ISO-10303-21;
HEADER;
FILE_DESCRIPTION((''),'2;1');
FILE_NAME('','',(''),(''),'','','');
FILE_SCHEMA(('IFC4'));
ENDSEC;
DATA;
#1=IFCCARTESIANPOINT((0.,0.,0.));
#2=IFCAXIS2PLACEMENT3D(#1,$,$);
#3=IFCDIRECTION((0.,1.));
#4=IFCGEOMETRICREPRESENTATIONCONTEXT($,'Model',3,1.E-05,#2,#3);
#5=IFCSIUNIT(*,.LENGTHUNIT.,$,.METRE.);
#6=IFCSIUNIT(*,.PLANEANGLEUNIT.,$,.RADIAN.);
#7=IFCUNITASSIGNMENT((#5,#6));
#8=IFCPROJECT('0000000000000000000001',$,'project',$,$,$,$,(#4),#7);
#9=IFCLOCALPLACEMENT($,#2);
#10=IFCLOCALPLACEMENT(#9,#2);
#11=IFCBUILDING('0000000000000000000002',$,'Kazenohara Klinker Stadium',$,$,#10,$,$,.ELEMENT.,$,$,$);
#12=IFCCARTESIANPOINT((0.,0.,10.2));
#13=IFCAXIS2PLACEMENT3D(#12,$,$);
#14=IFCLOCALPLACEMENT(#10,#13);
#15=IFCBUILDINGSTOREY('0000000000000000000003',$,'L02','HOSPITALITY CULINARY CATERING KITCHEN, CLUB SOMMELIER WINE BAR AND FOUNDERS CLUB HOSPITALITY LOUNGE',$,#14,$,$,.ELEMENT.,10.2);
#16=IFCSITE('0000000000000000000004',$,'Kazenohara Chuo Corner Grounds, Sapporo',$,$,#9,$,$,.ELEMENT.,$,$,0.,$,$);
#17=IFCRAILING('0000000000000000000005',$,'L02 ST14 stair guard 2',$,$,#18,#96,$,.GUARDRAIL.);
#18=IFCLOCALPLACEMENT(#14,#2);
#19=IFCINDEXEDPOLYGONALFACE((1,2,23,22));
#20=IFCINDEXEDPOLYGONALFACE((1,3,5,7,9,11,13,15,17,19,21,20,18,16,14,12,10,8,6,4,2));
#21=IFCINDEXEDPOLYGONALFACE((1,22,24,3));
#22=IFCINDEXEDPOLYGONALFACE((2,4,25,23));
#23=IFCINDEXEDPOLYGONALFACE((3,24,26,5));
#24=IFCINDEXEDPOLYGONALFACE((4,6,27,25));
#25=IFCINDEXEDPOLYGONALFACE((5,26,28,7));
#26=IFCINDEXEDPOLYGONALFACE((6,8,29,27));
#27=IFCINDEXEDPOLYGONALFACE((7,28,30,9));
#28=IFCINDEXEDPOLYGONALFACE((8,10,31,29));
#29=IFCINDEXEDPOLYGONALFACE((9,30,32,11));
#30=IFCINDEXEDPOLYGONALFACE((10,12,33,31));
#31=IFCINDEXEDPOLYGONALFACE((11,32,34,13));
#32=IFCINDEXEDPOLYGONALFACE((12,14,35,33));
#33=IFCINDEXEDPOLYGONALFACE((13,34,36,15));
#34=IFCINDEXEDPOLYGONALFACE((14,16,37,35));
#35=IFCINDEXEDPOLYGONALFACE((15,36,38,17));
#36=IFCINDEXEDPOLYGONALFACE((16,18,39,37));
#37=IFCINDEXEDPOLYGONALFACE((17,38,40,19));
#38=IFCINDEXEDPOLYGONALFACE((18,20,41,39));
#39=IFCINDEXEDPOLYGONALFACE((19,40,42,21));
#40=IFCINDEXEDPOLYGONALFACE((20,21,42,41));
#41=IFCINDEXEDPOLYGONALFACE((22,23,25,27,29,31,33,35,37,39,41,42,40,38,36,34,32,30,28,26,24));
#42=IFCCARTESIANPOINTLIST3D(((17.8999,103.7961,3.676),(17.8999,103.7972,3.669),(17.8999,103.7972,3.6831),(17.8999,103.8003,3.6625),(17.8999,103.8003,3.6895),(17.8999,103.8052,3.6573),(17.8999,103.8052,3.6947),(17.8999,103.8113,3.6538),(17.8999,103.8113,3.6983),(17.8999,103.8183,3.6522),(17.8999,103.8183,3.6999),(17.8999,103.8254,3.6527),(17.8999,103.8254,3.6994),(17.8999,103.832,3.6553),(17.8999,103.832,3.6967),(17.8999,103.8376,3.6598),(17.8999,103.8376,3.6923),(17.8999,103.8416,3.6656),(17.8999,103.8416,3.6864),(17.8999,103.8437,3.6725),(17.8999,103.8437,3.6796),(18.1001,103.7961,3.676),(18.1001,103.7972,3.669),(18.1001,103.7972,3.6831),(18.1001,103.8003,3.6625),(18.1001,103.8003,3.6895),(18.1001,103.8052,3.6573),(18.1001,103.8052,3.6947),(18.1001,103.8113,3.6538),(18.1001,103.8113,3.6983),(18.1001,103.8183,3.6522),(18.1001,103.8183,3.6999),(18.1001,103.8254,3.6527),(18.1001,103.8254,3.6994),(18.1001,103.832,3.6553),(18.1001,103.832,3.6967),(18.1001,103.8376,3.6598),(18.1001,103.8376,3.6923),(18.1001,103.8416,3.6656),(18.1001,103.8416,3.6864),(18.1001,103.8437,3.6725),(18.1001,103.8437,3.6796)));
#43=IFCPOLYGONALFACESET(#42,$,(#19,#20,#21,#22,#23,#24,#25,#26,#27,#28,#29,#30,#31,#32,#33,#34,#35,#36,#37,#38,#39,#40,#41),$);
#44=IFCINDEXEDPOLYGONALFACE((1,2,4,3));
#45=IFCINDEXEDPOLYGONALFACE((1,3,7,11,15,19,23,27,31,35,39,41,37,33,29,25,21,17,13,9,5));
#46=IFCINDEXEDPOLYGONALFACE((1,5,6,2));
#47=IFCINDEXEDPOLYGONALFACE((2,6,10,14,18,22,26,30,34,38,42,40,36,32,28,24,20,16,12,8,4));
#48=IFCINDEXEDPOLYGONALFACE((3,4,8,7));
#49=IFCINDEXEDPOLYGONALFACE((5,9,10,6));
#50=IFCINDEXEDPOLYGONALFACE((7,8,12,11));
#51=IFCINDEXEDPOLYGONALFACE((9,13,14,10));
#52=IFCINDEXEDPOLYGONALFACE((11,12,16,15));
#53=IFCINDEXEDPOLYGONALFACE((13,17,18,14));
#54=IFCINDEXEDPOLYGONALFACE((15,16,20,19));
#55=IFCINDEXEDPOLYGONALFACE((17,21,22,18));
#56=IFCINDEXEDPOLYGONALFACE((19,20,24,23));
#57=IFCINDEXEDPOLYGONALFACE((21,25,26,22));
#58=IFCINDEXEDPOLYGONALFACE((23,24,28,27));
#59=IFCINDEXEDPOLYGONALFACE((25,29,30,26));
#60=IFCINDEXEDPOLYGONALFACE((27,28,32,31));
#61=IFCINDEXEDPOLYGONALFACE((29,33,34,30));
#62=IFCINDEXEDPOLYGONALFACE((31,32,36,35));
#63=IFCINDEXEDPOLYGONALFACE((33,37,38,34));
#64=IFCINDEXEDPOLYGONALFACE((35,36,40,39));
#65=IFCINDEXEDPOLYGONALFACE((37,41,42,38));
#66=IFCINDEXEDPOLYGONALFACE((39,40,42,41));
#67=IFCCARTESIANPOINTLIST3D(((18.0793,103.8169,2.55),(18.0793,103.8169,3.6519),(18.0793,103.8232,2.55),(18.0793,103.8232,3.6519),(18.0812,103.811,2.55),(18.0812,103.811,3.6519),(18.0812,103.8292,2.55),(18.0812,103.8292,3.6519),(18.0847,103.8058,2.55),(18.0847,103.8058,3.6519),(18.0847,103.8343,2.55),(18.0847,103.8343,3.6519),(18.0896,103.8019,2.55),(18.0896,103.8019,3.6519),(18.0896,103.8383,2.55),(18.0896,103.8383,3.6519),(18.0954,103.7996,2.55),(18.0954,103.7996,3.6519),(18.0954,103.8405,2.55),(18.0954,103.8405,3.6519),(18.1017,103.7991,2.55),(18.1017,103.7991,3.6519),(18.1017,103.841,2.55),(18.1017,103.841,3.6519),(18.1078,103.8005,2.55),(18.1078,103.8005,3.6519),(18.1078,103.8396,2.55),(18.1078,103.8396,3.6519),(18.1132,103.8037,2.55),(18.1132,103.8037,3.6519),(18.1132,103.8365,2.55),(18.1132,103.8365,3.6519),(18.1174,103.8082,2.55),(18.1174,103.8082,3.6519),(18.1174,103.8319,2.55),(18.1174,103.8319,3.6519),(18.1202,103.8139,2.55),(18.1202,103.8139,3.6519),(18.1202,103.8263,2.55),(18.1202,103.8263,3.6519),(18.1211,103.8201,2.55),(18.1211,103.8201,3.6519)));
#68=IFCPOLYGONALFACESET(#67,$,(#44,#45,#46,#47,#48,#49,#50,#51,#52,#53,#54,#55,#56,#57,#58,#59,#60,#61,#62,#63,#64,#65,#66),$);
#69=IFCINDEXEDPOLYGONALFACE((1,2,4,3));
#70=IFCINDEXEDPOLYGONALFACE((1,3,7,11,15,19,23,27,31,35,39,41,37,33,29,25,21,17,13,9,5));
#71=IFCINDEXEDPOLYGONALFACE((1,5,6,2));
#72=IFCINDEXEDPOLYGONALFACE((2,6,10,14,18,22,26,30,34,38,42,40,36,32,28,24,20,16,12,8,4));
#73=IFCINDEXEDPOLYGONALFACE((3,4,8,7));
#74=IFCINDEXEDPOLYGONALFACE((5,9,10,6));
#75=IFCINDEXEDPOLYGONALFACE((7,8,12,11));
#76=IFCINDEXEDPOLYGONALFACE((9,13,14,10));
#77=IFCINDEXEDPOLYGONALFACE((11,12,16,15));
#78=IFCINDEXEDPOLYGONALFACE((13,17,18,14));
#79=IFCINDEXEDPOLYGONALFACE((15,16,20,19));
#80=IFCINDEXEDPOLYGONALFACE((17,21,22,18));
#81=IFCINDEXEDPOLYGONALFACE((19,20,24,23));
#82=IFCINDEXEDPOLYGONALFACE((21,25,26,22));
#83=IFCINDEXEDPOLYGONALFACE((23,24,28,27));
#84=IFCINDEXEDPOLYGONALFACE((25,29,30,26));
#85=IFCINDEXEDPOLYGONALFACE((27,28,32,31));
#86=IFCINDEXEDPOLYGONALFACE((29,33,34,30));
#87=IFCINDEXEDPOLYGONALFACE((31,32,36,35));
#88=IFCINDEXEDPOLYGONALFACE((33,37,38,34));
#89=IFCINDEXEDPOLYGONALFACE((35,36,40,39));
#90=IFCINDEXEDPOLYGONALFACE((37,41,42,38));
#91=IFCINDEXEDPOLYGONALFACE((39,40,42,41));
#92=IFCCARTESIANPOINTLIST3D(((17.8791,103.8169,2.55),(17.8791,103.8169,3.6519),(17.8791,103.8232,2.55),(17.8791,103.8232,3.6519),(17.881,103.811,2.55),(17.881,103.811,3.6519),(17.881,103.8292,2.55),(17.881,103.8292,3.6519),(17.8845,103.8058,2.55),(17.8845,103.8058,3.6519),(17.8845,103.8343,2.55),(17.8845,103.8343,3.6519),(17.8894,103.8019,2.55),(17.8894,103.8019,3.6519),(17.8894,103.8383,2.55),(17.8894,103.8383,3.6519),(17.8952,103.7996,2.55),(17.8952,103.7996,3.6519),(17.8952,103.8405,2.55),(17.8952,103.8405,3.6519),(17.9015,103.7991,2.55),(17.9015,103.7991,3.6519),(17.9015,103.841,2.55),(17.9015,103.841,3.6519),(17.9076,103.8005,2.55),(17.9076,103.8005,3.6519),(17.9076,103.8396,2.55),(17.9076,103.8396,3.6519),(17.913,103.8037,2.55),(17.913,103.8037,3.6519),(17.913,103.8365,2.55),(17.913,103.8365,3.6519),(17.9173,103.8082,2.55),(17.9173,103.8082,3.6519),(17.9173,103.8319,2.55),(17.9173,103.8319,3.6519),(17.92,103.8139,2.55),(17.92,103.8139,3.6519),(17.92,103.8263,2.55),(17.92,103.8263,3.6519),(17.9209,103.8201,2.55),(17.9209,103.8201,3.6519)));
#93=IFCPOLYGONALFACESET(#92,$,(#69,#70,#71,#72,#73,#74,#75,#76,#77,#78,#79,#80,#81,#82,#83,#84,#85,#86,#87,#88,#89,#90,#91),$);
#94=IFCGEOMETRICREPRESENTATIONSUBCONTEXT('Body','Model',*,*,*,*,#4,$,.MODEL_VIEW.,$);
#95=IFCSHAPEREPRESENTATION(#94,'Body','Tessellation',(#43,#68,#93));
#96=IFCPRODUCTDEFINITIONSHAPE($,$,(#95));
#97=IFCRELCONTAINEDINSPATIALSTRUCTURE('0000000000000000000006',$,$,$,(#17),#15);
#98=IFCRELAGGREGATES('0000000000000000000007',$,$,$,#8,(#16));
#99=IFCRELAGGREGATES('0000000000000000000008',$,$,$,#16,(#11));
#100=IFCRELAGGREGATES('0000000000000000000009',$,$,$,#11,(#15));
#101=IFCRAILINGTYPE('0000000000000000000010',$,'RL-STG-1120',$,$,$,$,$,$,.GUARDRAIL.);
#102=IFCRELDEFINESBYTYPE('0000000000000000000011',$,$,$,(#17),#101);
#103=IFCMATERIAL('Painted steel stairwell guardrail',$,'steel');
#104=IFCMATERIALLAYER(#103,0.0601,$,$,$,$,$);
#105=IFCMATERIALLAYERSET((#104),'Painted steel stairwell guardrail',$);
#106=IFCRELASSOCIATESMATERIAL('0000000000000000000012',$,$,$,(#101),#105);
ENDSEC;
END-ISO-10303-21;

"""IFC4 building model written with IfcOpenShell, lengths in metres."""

from ifc_helpers import new_model, si_unit, direction, frame, origin, origin_2d, place, context, subcontext, project, spatial, circle, extrude, material, layer, layer_set, type_object, element, save


model = new_model("IFC4")

# Units and contexts
model_context = context("Model", 3, precision=1e-05, world=origin(), true_north=direction((0.0, 1.0)))
body_context = subcontext(model_context, "Body", "Model", "MODEL_VIEW")
ifc_project = project(units=[si_unit("LENGTHUNIT", "METRE"), si_unit("PLANEANGLEUNIT", "RADIAN")], contexts=[model_context])

# Site, building, storey
site_placement = place(None, origin())
site = spatial("IfcSite", under=ifc_project, at=site_placement, Name="Kazenohara Chuo Corner Grounds, Sapporo", CompositionType="ELEMENT", RefElevation=0.0)
building_placement = place(site_placement, origin())
building = spatial("IfcBuilding", under=site, at=building_placement, Name="Kazenohara Klinker Stadium", CompositionType="ELEMENT")
storey_placement = place(building_placement, frame((0.0, 0.0, 10.2)))
storey = spatial("IfcBuildingStorey", under=building, at=storey_placement, Name="L02", Description="HOSPITALITY CULINARY CATERING KITCHEN, CLUB SOMMELIER WINE BAR AND FOUNDERS CLUB HOSPITALITY LOUNGE", CompositionType="ELEMENT", Elevation=10.2)

# Railing
ifc_material_1 = material(Name="Painted steel stairwell guardrail", Category="steel")
ifc_layer_1 = layer(ifc_material_1, 0.0601)
ifc_layer_set_1 = layer_set([ifc_layer_1], Name="Painted steel stairwell guardrail")
railing_type_1 = type_object("IfcRailingType", Name="RL-STG-1120", PredefinedType="GUARDRAIL", material=ifc_layer_set_1)
railing_1_placement = place(storey_placement, frame((18.1001, 103.8201, 2.55)))
element("IfcRailing", 1, at=railing_1_placement, inside=storey, type_object=railing_type_1, Name="L02 ST14 stair guard 2", PredefinedType="GUARDRAIL", context=body_context, shape_type="SweptSolid", body=[
    extrude(circle(Radius=0.0239, at=origin_2d()), frame((0.0, 0.0, 1.126), z_axis=(-1.0, 0.0, 0.0), x_axis=(0.0, -1.0, 0.0)), (0.0, 0.0, 1.0), 0.2002),
    extrude(circle(Radius=0.021, at=origin_2d()), origin(), (0.0, 0.0, 1.0), 1.1018),
    extrude(circle(Radius=0.021, at=origin_2d()), frame((-0.2002, 0.0, 0.0)), (0.0, 0.0, 1.0), 1.1018),
])

save(model, "model.ifc")
